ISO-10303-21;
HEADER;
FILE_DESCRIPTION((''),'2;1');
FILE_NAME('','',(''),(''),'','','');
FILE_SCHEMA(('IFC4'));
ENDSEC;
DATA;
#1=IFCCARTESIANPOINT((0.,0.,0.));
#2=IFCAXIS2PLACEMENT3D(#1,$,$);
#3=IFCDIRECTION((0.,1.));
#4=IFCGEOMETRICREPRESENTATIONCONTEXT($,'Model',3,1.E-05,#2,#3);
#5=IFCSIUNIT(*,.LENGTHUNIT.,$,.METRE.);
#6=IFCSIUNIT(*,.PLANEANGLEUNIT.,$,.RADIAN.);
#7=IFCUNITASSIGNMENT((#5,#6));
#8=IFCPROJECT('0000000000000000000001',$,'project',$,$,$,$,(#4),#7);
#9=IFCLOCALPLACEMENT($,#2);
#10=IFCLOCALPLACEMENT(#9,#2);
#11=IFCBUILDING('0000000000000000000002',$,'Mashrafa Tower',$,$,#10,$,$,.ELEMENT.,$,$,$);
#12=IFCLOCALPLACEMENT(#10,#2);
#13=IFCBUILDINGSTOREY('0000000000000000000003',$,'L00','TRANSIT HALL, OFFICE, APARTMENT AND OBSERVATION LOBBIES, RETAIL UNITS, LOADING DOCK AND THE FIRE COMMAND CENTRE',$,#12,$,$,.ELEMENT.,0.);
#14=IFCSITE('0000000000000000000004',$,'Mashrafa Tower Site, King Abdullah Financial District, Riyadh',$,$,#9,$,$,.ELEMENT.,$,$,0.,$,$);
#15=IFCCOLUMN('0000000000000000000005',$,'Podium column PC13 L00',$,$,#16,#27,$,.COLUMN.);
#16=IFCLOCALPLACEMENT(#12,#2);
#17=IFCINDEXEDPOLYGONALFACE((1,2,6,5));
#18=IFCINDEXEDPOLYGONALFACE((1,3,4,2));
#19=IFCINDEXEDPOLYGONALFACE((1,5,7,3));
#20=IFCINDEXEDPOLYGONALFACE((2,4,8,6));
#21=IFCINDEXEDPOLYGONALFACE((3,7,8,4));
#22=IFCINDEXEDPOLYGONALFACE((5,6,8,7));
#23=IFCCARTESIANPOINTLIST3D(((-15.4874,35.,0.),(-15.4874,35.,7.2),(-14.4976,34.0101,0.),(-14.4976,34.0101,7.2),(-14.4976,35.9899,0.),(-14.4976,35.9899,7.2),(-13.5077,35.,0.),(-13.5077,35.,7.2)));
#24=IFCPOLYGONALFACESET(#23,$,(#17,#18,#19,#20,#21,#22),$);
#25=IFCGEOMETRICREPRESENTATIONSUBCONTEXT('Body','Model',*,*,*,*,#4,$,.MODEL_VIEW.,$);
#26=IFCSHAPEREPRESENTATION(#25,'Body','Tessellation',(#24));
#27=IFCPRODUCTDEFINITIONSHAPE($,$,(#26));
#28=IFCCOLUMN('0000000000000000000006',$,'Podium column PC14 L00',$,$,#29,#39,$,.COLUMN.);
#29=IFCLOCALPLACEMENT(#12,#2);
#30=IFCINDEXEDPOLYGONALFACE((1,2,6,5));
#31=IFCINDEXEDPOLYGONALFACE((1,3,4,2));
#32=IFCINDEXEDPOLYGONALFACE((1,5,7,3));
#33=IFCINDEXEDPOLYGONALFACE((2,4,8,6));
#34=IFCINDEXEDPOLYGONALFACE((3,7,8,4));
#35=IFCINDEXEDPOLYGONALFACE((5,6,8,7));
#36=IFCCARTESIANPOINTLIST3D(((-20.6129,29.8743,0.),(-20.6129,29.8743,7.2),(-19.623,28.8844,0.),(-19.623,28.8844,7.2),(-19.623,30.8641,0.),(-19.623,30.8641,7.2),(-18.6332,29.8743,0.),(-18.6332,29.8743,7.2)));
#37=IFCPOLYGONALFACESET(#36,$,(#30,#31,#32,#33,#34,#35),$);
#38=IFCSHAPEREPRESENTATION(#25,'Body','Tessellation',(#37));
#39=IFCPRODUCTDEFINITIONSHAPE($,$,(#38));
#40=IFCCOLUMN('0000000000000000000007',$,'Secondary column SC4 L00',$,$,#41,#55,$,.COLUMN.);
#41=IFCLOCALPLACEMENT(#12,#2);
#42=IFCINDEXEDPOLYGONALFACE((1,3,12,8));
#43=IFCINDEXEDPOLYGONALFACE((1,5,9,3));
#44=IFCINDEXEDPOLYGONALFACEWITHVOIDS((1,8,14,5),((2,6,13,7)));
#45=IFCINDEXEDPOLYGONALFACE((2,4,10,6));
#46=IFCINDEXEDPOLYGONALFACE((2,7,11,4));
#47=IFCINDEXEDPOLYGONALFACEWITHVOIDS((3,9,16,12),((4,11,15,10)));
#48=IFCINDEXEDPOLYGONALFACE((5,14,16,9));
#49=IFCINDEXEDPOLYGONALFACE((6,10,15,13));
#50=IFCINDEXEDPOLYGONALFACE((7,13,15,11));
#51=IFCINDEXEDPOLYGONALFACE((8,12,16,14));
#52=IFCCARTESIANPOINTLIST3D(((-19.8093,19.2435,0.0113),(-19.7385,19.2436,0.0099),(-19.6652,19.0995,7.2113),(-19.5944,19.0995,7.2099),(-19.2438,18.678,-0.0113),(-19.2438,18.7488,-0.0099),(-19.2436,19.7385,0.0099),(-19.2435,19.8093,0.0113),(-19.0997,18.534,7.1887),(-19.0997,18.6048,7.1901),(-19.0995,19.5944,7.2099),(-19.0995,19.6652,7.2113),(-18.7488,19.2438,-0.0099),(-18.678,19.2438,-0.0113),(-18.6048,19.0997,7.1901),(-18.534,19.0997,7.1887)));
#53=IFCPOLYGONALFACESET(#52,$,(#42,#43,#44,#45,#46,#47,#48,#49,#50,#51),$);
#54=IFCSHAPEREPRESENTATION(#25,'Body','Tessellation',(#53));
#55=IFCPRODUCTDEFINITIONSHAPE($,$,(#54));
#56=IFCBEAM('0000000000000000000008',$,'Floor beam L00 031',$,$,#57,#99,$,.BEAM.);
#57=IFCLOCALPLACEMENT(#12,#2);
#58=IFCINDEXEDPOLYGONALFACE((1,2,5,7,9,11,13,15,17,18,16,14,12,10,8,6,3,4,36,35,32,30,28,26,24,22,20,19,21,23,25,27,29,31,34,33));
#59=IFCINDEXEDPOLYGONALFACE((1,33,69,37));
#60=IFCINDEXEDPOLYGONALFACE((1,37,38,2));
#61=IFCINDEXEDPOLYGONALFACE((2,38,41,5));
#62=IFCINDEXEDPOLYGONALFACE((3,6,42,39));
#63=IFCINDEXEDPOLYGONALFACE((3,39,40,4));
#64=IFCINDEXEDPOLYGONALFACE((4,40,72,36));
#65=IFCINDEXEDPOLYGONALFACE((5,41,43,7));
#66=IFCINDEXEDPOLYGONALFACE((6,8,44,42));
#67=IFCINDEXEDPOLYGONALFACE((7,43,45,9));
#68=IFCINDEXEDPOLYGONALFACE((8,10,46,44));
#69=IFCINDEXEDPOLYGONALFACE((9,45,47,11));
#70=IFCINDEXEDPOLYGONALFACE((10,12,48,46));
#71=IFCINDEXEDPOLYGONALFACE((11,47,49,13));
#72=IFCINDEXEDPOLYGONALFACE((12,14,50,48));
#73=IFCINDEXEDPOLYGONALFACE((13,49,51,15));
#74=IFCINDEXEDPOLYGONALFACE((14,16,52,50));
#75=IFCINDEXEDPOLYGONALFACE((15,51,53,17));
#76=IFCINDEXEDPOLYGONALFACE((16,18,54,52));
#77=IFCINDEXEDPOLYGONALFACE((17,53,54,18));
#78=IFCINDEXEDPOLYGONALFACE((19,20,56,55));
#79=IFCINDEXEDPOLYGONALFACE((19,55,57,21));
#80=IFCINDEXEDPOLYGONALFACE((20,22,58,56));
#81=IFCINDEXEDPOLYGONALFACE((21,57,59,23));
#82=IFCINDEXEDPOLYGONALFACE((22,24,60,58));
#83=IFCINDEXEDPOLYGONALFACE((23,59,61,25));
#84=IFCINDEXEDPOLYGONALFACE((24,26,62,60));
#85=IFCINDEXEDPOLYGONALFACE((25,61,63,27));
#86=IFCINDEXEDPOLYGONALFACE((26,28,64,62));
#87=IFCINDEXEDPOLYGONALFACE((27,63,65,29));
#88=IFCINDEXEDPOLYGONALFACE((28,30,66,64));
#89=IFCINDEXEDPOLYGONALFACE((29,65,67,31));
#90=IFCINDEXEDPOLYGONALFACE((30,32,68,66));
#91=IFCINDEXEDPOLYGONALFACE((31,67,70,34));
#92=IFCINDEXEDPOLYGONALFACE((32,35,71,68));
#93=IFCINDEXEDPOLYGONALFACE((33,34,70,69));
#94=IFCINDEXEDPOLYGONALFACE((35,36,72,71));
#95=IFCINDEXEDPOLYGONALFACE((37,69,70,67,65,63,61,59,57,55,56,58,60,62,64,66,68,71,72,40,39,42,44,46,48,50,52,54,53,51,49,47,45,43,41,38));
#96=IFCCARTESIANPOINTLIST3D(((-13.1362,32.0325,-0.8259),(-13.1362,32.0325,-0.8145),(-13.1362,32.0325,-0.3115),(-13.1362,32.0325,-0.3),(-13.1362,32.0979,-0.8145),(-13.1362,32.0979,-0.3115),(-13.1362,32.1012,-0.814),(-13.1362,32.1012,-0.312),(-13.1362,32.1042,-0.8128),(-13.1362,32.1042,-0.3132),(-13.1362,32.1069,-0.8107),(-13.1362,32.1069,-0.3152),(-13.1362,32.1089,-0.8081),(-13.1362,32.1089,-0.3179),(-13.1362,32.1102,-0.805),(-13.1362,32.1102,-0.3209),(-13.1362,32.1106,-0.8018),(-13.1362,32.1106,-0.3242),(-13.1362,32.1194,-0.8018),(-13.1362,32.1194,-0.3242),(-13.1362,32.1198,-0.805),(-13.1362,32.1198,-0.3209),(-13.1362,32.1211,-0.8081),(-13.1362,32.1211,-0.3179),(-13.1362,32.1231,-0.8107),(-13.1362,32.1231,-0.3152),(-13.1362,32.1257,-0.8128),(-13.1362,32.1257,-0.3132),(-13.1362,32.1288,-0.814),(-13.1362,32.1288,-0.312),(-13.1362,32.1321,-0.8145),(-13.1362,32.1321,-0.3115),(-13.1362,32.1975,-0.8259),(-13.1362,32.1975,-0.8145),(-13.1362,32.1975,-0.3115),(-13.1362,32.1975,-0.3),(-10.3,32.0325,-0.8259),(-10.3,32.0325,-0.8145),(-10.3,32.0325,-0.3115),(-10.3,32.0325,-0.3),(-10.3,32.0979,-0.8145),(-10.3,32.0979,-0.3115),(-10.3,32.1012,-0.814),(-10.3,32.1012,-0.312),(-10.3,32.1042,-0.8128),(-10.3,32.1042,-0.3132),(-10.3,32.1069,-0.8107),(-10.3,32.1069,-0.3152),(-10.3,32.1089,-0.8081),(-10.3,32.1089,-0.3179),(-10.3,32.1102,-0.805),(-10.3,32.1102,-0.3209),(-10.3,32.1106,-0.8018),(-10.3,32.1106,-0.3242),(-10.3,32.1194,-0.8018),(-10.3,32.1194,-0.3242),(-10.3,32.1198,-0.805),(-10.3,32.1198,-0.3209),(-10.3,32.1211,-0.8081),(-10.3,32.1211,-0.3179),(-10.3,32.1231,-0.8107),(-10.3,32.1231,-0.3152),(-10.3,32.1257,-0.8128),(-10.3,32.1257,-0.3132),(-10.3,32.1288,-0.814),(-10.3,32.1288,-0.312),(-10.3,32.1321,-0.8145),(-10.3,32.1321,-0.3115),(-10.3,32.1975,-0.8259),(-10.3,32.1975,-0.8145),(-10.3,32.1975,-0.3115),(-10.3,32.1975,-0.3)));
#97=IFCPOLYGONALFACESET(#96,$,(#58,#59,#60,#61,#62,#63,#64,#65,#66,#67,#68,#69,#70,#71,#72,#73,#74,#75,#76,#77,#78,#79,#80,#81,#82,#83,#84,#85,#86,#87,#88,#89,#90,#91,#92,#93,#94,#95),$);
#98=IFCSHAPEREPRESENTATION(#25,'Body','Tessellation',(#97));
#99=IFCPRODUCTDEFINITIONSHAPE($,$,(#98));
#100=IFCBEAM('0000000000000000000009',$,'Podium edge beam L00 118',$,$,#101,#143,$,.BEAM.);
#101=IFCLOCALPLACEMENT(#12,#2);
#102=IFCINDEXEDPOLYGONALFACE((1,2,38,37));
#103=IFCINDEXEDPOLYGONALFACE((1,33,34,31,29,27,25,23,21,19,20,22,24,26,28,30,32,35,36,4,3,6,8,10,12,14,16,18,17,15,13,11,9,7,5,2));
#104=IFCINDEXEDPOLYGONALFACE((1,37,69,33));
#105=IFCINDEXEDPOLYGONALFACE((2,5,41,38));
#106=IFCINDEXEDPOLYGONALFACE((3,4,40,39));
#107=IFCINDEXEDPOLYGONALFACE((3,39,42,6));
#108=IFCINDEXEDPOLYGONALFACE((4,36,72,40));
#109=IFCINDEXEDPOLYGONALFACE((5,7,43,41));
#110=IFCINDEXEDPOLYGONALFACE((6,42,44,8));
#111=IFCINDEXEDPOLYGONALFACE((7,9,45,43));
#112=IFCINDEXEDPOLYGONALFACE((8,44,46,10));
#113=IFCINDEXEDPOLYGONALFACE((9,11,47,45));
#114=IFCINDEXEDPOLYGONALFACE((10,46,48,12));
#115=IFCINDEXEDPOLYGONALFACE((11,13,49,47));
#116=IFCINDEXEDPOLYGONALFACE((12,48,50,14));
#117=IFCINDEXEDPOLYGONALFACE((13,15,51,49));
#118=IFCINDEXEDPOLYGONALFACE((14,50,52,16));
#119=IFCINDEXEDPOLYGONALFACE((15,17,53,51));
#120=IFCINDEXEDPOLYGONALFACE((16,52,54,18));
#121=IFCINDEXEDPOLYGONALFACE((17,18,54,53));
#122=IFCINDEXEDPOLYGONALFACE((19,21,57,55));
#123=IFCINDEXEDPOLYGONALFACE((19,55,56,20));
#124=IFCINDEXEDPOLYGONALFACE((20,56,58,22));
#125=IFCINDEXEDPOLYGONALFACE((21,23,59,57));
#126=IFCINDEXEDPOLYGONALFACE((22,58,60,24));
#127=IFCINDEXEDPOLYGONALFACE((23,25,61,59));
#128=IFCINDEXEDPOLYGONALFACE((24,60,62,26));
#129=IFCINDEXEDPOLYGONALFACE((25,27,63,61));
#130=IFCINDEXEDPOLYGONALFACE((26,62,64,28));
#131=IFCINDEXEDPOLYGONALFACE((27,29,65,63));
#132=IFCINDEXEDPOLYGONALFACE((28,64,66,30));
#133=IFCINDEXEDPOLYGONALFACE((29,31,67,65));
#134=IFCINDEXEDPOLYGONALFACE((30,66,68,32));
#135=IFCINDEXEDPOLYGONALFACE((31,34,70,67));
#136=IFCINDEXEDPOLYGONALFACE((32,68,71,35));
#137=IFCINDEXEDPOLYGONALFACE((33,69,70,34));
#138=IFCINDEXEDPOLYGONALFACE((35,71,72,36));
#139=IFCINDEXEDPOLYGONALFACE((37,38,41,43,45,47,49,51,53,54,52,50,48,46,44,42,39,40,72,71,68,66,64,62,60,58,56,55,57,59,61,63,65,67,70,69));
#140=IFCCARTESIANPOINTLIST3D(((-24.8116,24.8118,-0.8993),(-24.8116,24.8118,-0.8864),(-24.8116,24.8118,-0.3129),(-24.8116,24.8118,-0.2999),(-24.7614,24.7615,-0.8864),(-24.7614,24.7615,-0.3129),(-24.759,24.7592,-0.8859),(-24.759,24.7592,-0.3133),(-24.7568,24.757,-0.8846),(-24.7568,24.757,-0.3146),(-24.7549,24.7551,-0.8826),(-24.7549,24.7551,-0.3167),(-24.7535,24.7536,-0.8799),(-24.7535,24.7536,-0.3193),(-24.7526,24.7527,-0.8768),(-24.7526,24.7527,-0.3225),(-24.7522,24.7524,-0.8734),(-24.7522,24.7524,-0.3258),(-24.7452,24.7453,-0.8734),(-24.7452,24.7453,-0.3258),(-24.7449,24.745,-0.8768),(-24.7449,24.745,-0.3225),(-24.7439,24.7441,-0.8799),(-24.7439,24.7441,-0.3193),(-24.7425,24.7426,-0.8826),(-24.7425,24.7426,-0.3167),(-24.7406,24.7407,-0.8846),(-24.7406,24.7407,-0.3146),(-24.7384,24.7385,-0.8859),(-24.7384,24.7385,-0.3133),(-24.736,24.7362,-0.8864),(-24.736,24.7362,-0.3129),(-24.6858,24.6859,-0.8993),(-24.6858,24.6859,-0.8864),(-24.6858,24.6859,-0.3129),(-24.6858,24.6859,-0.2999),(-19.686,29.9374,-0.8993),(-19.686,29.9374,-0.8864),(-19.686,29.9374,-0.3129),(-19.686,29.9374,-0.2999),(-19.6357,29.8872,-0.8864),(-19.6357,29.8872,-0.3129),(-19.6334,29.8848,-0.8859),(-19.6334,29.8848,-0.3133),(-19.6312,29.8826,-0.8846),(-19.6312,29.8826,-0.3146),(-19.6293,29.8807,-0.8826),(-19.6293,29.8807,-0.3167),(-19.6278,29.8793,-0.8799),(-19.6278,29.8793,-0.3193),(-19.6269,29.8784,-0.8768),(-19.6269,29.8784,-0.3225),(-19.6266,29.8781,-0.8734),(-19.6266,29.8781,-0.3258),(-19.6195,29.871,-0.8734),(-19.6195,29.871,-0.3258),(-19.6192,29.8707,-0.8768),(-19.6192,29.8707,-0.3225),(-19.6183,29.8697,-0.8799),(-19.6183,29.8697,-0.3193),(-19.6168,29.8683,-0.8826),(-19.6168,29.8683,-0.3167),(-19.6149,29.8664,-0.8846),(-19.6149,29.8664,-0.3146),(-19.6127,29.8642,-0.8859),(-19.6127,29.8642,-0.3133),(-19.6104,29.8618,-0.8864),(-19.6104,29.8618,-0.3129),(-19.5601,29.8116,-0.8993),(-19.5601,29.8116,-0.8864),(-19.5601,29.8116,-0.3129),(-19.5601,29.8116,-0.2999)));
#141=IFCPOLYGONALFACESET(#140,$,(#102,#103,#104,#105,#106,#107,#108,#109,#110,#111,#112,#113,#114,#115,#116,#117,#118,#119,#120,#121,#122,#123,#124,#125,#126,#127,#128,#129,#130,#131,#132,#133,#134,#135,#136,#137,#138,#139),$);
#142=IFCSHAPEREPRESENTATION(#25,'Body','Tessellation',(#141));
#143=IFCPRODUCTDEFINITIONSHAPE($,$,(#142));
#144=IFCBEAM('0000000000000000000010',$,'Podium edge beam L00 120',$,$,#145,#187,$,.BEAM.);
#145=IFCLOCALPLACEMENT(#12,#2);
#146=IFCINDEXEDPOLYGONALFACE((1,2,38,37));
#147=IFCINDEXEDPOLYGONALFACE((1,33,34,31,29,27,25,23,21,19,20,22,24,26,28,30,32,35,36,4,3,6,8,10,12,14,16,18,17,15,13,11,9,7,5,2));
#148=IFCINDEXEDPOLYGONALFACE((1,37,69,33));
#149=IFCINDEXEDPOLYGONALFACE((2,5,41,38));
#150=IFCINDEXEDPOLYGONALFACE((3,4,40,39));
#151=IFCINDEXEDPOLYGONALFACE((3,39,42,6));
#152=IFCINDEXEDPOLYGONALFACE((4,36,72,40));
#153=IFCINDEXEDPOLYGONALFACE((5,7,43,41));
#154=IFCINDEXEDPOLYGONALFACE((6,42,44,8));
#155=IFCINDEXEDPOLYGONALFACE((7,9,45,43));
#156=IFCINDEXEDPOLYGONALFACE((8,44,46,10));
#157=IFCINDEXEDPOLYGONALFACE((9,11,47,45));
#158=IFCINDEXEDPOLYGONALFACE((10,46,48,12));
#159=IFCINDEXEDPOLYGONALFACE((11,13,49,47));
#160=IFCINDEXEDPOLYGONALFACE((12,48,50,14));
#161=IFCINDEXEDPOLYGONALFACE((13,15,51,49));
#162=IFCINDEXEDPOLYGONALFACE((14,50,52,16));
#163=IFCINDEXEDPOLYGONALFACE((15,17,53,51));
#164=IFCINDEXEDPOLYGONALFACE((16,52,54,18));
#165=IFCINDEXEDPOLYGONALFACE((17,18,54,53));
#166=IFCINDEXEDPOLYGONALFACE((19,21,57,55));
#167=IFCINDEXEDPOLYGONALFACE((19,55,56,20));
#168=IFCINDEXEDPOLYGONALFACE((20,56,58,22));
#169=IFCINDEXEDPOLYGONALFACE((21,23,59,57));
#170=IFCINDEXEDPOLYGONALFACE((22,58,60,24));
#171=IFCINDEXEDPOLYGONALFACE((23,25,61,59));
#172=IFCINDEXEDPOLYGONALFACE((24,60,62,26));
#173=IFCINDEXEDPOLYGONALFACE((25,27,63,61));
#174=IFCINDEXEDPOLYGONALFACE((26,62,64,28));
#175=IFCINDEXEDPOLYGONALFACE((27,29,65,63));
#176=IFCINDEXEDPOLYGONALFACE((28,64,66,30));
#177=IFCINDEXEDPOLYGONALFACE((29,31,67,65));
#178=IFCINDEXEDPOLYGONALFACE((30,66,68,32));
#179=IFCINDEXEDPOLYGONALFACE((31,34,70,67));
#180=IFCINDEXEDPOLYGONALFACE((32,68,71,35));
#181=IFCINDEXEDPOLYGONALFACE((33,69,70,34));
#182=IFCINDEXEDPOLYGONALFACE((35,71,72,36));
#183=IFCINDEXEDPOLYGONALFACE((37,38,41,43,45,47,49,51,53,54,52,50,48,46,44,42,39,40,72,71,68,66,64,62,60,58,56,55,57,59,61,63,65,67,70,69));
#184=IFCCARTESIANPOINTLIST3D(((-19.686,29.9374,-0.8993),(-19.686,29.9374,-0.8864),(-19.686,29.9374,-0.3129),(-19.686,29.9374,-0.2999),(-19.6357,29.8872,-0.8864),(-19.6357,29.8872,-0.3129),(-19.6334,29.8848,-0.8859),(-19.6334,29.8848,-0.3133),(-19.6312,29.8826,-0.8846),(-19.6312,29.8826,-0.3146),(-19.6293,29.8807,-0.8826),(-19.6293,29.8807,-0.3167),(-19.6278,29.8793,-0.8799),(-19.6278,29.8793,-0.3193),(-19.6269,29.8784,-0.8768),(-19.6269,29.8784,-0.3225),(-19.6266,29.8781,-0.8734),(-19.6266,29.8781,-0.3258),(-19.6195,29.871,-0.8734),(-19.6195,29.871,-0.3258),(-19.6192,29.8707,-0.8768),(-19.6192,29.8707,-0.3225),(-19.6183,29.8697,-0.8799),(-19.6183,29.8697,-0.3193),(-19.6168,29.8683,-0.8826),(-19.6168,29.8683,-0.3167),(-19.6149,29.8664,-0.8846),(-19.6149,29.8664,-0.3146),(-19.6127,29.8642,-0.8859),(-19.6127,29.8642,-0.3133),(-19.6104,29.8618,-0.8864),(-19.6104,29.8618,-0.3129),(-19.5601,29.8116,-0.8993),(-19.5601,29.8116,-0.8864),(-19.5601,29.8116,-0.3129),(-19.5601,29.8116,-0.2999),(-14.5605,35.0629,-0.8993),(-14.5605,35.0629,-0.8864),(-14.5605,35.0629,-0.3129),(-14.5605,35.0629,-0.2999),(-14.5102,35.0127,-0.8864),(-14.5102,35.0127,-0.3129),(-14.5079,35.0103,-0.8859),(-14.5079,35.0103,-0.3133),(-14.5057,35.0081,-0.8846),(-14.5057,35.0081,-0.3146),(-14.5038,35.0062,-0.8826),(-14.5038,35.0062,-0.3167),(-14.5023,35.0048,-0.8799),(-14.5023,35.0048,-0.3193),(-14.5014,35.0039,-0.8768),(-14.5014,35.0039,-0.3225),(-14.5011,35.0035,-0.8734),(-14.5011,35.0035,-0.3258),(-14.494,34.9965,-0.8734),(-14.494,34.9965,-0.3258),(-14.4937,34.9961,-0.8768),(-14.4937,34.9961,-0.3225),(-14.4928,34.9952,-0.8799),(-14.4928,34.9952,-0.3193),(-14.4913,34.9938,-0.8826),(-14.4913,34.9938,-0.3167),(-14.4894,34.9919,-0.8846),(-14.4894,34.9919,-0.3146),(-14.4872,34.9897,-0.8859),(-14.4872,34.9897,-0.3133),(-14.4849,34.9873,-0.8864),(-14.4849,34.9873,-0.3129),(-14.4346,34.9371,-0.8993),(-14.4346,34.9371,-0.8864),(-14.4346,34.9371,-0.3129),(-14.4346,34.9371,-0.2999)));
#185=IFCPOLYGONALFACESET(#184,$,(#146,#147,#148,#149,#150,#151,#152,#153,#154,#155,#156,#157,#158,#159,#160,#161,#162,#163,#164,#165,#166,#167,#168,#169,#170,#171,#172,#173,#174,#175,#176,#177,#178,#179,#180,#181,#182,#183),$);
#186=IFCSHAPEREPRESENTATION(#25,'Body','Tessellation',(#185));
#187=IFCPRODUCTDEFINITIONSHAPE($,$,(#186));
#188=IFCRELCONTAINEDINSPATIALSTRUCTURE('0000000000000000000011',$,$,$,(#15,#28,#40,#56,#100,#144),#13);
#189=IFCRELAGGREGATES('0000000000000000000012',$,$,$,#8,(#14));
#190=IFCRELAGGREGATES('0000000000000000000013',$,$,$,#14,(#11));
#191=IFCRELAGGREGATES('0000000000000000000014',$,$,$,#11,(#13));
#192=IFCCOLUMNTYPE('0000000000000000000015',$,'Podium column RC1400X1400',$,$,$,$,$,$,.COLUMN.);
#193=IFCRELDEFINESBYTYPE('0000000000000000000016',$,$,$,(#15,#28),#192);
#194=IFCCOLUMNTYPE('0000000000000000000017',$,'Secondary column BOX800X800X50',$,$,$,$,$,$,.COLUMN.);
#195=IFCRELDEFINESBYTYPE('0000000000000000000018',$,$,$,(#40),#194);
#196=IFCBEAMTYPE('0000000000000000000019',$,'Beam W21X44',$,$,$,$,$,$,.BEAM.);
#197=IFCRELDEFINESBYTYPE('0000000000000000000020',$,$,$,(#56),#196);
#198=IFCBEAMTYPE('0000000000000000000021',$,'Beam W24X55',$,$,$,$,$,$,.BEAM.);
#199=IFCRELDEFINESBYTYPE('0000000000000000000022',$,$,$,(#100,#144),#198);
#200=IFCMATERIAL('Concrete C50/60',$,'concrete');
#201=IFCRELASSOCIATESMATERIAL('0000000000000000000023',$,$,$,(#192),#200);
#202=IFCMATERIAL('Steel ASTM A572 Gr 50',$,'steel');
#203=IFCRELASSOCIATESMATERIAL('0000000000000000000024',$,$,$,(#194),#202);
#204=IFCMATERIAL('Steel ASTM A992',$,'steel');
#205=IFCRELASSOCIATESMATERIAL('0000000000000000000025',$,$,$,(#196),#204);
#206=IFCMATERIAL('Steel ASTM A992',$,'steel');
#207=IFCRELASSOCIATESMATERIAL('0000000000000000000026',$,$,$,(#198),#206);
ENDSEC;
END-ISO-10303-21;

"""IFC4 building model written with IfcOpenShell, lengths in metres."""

from ifc_helpers import new_model, si_unit, direction, frame, origin, origin_2d, place, context, subcontext, project, spatial, rectangle, hollow_rectangle, i_section, extrude, material, material_profile, profile_set, type_object, element, save


model = new_model("IFC4")

# Units and contexts
model_context = context("Model", 3, precision=1e-05, world=origin(), true_north=direction((0.0, 1.0)))
body_context = subcontext(model_context, "Body", "Model", "MODEL_VIEW")
ifc_project = project(units=[si_unit("LENGTHUNIT", "METRE"), si_unit("PLANEANGLEUNIT", "RADIAN")], contexts=[model_context])

# Site, building, storey
site_placement = place(None, origin())
site = spatial("IfcSite", under=ifc_project, at=site_placement, Name="Mashrafa Tower Site, King Abdullah Financial District, Riyadh", CompositionType="ELEMENT", RefElevation=0.0)
building_placement = place(site_placement, origin())
building = spatial("IfcBuilding", under=site, at=building_placement, Name="Mashrafa Tower", CompositionType="ELEMENT")
storey_placement = place(building_placement, origin())
storey = spatial("IfcBuildingStorey", under=building, at=storey_placement, Name="L00", Description="TRANSIT HALL, OFFICE, APARTMENT AND OBSERVATION LOBBIES, RETAIL UNITS, LOADING DOCK AND THE FIRE COMMAND CENTRE", CompositionType="ELEMENT", Elevation=0.0)

# Columns
ifc_material_1 = material(Name="Concrete C50/60", Category="concrete")
ifc_material_profile_1 = material_profile(ifc_material_1, rectangle(XDim=1.3999, YDim=1.3999, at=origin_2d()), Name="RC1400X1400")
ifc_profile_set_1 = profile_set([ifc_material_profile_1], Name="Concrete C50/60")
column_type_1 = type_object("IfcColumnType", Name="Podium column RC1400X1400", PredefinedType="COLUMN", material=ifc_profile_set_1)
for number, where, z_axis, x_axis, name in (
    (1, (-14.4976, 35.0, 0.0), (0.0, 0.0, 1.0), (0.707107, 0.707107, 0.0), "Podium column PC13 L00"),
    (2, (-19.623, 29.8743, 0.0), (0.0, 0.0, 1.0), (0.707107, 0.707107, 0.0), "Podium column PC14 L00"),
):
    element("IfcColumn", number, at=place(storey_placement, frame(where, z_axis=z_axis, x_axis=x_axis)), inside=storey, type_object=column_type_1, Name=name, PredefinedType="COLUMN", context=body_context, shape_type="SweptSolid", body=[
        extrude(rectangle(XDim=1.3999, YDim=1.3999, at=origin_2d()), origin(), (0.0, 0.0, 1.0), 7.2),
    ])
ifc_material_2 = material(Name="Steel ASTM A572 Gr 50", Category="steel")
ifc_material_profile_2 = material_profile(ifc_material_2, hollow_rectangle(XDim=0.8, YDim=0.8, WallThickness=0.05, at=origin_2d()), Name="BOX800X800X50")
ifc_profile_set_2 = profile_set([ifc_material_profile_2], Name="Steel ASTM A572 Gr 50")
column_type_2 = type_object("IfcColumnType", Name="Secondary column BOX800X800X50", PredefinedType="COLUMN", material=ifc_profile_set_2)
column_placement = place(storey_placement, frame((-19.2437, 19.2437, 0.0), z_axis=(0.019998, -0.019998, 0.9996), x_axis=(0.707107, 0.707107, 0.0)))
element("IfcColumn", 3, at=column_placement, inside=storey, type_object=column_type_2, Name="Secondary column SC4 L00", PredefinedType="COLUMN", context=body_context, shape_type="SweptSolid", body=[
    extrude(hollow_rectangle(XDim=0.8, YDim=0.8, WallThickness=0.05, at=origin_2d()), origin(), (0.0, 0.0, 1.0), 7.2029),
])

# Beams
ifc_material_3 = material(Name="Steel ASTM A992", Category="steel")
ifc_material_profile_3 = material_profile(ifc_material_3, i_section(OverallWidth=0.165, OverallDepth=0.5259, WebThickness=0.0088, FlangeThickness=0.0115, FilletRadius=0.0127, at=origin_2d()), Name="W21X44")
ifc_profile_set_3 = profile_set([ifc_material_profile_3], Name="Steel ASTM A992")
beam_type_1 = type_object("IfcBeamType", Name="Beam W21X44", PredefinedType="BEAM", material=ifc_profile_set_3)
beam_1_placement = place(storey_placement, frame((-13.1362, 32.115, -0.563), z_axis=(1.0, 0.0, 0.0), x_axis=(0.0, 1.0, 0.0)))
element("IfcBeam", 4, at=beam_1_placement, inside=storey, type_object=beam_type_1, Name="Floor beam L00 031", PredefinedType="BEAM", context=body_context, shape_type="SweptSolid", body=[
    extrude(i_section(OverallWidth=0.165, OverallDepth=0.5259, WebThickness=0.0088, FlangeThickness=0.0115, FilletRadius=0.0127, at=origin_2d()), origin(), (0.0, 0.0, 1.0), 2.8362),
])
ifc_material_4 = material(Name="Steel ASTM A992", Category="steel")
ifc_material_profile_4 = material_profile(ifc_material_4, i_section(OverallWidth=0.178, OverallDepth=0.5994, WebThickness=0.01, FlangeThickness=0.0129, FilletRadius=0.0129, at=origin_2d()), Name="W24X55")
ifc_profile_set_4 = profile_set([ifc_material_profile_4], Name="Steel ASTM A992")
beam_type_2 = type_object("IfcBeamType", Name="Beam W24X55", PredefinedType="BEAM", material=ifc_profile_set_4)
beam_2_placement = place(storey_placement, frame((-19.623, 29.8745, -0.5996), z_axis=(-0.707107, -0.707107, 0.0), x_axis=(0.707107, -0.707107, 0.0)))
element("IfcBeam", 5, at=beam_2_placement, inside=storey, type_object=beam_type_2, Name="Podium edge beam L00 118", PredefinedType="BEAM", context=body_context, shape_type="SweptSolid", body=[
    extrude(i_section(OverallWidth=0.178, OverallDepth=0.5994, WebThickness=0.01, FlangeThickness=0.0129, FilletRadius=0.0129, at=origin_2d()), origin(), (0.0, 0.0, 1.0), 7.2488),
])
beam_3_placement = place(storey_placement, frame((-14.4976, 35.0, -0.5996), z_axis=(-0.707107, -0.707107, 0.0), x_axis=(0.707107, -0.707107, 0.0)))
element("IfcBeam", 6, at=beam_3_placement, inside=storey, type_object=beam_type_2, Name="Podium edge beam L00 120", PredefinedType="BEAM", context=body_context, shape_type="SweptSolid", body=[
    extrude(i_section(OverallWidth=0.178, OverallDepth=0.5994, WebThickness=0.01, FlangeThickness=0.0129, FilletRadius=0.0129, at=origin_2d()), origin(), (0.0, 0.0, 1.0), 7.2485),
])

save(model, "model.ifc")
